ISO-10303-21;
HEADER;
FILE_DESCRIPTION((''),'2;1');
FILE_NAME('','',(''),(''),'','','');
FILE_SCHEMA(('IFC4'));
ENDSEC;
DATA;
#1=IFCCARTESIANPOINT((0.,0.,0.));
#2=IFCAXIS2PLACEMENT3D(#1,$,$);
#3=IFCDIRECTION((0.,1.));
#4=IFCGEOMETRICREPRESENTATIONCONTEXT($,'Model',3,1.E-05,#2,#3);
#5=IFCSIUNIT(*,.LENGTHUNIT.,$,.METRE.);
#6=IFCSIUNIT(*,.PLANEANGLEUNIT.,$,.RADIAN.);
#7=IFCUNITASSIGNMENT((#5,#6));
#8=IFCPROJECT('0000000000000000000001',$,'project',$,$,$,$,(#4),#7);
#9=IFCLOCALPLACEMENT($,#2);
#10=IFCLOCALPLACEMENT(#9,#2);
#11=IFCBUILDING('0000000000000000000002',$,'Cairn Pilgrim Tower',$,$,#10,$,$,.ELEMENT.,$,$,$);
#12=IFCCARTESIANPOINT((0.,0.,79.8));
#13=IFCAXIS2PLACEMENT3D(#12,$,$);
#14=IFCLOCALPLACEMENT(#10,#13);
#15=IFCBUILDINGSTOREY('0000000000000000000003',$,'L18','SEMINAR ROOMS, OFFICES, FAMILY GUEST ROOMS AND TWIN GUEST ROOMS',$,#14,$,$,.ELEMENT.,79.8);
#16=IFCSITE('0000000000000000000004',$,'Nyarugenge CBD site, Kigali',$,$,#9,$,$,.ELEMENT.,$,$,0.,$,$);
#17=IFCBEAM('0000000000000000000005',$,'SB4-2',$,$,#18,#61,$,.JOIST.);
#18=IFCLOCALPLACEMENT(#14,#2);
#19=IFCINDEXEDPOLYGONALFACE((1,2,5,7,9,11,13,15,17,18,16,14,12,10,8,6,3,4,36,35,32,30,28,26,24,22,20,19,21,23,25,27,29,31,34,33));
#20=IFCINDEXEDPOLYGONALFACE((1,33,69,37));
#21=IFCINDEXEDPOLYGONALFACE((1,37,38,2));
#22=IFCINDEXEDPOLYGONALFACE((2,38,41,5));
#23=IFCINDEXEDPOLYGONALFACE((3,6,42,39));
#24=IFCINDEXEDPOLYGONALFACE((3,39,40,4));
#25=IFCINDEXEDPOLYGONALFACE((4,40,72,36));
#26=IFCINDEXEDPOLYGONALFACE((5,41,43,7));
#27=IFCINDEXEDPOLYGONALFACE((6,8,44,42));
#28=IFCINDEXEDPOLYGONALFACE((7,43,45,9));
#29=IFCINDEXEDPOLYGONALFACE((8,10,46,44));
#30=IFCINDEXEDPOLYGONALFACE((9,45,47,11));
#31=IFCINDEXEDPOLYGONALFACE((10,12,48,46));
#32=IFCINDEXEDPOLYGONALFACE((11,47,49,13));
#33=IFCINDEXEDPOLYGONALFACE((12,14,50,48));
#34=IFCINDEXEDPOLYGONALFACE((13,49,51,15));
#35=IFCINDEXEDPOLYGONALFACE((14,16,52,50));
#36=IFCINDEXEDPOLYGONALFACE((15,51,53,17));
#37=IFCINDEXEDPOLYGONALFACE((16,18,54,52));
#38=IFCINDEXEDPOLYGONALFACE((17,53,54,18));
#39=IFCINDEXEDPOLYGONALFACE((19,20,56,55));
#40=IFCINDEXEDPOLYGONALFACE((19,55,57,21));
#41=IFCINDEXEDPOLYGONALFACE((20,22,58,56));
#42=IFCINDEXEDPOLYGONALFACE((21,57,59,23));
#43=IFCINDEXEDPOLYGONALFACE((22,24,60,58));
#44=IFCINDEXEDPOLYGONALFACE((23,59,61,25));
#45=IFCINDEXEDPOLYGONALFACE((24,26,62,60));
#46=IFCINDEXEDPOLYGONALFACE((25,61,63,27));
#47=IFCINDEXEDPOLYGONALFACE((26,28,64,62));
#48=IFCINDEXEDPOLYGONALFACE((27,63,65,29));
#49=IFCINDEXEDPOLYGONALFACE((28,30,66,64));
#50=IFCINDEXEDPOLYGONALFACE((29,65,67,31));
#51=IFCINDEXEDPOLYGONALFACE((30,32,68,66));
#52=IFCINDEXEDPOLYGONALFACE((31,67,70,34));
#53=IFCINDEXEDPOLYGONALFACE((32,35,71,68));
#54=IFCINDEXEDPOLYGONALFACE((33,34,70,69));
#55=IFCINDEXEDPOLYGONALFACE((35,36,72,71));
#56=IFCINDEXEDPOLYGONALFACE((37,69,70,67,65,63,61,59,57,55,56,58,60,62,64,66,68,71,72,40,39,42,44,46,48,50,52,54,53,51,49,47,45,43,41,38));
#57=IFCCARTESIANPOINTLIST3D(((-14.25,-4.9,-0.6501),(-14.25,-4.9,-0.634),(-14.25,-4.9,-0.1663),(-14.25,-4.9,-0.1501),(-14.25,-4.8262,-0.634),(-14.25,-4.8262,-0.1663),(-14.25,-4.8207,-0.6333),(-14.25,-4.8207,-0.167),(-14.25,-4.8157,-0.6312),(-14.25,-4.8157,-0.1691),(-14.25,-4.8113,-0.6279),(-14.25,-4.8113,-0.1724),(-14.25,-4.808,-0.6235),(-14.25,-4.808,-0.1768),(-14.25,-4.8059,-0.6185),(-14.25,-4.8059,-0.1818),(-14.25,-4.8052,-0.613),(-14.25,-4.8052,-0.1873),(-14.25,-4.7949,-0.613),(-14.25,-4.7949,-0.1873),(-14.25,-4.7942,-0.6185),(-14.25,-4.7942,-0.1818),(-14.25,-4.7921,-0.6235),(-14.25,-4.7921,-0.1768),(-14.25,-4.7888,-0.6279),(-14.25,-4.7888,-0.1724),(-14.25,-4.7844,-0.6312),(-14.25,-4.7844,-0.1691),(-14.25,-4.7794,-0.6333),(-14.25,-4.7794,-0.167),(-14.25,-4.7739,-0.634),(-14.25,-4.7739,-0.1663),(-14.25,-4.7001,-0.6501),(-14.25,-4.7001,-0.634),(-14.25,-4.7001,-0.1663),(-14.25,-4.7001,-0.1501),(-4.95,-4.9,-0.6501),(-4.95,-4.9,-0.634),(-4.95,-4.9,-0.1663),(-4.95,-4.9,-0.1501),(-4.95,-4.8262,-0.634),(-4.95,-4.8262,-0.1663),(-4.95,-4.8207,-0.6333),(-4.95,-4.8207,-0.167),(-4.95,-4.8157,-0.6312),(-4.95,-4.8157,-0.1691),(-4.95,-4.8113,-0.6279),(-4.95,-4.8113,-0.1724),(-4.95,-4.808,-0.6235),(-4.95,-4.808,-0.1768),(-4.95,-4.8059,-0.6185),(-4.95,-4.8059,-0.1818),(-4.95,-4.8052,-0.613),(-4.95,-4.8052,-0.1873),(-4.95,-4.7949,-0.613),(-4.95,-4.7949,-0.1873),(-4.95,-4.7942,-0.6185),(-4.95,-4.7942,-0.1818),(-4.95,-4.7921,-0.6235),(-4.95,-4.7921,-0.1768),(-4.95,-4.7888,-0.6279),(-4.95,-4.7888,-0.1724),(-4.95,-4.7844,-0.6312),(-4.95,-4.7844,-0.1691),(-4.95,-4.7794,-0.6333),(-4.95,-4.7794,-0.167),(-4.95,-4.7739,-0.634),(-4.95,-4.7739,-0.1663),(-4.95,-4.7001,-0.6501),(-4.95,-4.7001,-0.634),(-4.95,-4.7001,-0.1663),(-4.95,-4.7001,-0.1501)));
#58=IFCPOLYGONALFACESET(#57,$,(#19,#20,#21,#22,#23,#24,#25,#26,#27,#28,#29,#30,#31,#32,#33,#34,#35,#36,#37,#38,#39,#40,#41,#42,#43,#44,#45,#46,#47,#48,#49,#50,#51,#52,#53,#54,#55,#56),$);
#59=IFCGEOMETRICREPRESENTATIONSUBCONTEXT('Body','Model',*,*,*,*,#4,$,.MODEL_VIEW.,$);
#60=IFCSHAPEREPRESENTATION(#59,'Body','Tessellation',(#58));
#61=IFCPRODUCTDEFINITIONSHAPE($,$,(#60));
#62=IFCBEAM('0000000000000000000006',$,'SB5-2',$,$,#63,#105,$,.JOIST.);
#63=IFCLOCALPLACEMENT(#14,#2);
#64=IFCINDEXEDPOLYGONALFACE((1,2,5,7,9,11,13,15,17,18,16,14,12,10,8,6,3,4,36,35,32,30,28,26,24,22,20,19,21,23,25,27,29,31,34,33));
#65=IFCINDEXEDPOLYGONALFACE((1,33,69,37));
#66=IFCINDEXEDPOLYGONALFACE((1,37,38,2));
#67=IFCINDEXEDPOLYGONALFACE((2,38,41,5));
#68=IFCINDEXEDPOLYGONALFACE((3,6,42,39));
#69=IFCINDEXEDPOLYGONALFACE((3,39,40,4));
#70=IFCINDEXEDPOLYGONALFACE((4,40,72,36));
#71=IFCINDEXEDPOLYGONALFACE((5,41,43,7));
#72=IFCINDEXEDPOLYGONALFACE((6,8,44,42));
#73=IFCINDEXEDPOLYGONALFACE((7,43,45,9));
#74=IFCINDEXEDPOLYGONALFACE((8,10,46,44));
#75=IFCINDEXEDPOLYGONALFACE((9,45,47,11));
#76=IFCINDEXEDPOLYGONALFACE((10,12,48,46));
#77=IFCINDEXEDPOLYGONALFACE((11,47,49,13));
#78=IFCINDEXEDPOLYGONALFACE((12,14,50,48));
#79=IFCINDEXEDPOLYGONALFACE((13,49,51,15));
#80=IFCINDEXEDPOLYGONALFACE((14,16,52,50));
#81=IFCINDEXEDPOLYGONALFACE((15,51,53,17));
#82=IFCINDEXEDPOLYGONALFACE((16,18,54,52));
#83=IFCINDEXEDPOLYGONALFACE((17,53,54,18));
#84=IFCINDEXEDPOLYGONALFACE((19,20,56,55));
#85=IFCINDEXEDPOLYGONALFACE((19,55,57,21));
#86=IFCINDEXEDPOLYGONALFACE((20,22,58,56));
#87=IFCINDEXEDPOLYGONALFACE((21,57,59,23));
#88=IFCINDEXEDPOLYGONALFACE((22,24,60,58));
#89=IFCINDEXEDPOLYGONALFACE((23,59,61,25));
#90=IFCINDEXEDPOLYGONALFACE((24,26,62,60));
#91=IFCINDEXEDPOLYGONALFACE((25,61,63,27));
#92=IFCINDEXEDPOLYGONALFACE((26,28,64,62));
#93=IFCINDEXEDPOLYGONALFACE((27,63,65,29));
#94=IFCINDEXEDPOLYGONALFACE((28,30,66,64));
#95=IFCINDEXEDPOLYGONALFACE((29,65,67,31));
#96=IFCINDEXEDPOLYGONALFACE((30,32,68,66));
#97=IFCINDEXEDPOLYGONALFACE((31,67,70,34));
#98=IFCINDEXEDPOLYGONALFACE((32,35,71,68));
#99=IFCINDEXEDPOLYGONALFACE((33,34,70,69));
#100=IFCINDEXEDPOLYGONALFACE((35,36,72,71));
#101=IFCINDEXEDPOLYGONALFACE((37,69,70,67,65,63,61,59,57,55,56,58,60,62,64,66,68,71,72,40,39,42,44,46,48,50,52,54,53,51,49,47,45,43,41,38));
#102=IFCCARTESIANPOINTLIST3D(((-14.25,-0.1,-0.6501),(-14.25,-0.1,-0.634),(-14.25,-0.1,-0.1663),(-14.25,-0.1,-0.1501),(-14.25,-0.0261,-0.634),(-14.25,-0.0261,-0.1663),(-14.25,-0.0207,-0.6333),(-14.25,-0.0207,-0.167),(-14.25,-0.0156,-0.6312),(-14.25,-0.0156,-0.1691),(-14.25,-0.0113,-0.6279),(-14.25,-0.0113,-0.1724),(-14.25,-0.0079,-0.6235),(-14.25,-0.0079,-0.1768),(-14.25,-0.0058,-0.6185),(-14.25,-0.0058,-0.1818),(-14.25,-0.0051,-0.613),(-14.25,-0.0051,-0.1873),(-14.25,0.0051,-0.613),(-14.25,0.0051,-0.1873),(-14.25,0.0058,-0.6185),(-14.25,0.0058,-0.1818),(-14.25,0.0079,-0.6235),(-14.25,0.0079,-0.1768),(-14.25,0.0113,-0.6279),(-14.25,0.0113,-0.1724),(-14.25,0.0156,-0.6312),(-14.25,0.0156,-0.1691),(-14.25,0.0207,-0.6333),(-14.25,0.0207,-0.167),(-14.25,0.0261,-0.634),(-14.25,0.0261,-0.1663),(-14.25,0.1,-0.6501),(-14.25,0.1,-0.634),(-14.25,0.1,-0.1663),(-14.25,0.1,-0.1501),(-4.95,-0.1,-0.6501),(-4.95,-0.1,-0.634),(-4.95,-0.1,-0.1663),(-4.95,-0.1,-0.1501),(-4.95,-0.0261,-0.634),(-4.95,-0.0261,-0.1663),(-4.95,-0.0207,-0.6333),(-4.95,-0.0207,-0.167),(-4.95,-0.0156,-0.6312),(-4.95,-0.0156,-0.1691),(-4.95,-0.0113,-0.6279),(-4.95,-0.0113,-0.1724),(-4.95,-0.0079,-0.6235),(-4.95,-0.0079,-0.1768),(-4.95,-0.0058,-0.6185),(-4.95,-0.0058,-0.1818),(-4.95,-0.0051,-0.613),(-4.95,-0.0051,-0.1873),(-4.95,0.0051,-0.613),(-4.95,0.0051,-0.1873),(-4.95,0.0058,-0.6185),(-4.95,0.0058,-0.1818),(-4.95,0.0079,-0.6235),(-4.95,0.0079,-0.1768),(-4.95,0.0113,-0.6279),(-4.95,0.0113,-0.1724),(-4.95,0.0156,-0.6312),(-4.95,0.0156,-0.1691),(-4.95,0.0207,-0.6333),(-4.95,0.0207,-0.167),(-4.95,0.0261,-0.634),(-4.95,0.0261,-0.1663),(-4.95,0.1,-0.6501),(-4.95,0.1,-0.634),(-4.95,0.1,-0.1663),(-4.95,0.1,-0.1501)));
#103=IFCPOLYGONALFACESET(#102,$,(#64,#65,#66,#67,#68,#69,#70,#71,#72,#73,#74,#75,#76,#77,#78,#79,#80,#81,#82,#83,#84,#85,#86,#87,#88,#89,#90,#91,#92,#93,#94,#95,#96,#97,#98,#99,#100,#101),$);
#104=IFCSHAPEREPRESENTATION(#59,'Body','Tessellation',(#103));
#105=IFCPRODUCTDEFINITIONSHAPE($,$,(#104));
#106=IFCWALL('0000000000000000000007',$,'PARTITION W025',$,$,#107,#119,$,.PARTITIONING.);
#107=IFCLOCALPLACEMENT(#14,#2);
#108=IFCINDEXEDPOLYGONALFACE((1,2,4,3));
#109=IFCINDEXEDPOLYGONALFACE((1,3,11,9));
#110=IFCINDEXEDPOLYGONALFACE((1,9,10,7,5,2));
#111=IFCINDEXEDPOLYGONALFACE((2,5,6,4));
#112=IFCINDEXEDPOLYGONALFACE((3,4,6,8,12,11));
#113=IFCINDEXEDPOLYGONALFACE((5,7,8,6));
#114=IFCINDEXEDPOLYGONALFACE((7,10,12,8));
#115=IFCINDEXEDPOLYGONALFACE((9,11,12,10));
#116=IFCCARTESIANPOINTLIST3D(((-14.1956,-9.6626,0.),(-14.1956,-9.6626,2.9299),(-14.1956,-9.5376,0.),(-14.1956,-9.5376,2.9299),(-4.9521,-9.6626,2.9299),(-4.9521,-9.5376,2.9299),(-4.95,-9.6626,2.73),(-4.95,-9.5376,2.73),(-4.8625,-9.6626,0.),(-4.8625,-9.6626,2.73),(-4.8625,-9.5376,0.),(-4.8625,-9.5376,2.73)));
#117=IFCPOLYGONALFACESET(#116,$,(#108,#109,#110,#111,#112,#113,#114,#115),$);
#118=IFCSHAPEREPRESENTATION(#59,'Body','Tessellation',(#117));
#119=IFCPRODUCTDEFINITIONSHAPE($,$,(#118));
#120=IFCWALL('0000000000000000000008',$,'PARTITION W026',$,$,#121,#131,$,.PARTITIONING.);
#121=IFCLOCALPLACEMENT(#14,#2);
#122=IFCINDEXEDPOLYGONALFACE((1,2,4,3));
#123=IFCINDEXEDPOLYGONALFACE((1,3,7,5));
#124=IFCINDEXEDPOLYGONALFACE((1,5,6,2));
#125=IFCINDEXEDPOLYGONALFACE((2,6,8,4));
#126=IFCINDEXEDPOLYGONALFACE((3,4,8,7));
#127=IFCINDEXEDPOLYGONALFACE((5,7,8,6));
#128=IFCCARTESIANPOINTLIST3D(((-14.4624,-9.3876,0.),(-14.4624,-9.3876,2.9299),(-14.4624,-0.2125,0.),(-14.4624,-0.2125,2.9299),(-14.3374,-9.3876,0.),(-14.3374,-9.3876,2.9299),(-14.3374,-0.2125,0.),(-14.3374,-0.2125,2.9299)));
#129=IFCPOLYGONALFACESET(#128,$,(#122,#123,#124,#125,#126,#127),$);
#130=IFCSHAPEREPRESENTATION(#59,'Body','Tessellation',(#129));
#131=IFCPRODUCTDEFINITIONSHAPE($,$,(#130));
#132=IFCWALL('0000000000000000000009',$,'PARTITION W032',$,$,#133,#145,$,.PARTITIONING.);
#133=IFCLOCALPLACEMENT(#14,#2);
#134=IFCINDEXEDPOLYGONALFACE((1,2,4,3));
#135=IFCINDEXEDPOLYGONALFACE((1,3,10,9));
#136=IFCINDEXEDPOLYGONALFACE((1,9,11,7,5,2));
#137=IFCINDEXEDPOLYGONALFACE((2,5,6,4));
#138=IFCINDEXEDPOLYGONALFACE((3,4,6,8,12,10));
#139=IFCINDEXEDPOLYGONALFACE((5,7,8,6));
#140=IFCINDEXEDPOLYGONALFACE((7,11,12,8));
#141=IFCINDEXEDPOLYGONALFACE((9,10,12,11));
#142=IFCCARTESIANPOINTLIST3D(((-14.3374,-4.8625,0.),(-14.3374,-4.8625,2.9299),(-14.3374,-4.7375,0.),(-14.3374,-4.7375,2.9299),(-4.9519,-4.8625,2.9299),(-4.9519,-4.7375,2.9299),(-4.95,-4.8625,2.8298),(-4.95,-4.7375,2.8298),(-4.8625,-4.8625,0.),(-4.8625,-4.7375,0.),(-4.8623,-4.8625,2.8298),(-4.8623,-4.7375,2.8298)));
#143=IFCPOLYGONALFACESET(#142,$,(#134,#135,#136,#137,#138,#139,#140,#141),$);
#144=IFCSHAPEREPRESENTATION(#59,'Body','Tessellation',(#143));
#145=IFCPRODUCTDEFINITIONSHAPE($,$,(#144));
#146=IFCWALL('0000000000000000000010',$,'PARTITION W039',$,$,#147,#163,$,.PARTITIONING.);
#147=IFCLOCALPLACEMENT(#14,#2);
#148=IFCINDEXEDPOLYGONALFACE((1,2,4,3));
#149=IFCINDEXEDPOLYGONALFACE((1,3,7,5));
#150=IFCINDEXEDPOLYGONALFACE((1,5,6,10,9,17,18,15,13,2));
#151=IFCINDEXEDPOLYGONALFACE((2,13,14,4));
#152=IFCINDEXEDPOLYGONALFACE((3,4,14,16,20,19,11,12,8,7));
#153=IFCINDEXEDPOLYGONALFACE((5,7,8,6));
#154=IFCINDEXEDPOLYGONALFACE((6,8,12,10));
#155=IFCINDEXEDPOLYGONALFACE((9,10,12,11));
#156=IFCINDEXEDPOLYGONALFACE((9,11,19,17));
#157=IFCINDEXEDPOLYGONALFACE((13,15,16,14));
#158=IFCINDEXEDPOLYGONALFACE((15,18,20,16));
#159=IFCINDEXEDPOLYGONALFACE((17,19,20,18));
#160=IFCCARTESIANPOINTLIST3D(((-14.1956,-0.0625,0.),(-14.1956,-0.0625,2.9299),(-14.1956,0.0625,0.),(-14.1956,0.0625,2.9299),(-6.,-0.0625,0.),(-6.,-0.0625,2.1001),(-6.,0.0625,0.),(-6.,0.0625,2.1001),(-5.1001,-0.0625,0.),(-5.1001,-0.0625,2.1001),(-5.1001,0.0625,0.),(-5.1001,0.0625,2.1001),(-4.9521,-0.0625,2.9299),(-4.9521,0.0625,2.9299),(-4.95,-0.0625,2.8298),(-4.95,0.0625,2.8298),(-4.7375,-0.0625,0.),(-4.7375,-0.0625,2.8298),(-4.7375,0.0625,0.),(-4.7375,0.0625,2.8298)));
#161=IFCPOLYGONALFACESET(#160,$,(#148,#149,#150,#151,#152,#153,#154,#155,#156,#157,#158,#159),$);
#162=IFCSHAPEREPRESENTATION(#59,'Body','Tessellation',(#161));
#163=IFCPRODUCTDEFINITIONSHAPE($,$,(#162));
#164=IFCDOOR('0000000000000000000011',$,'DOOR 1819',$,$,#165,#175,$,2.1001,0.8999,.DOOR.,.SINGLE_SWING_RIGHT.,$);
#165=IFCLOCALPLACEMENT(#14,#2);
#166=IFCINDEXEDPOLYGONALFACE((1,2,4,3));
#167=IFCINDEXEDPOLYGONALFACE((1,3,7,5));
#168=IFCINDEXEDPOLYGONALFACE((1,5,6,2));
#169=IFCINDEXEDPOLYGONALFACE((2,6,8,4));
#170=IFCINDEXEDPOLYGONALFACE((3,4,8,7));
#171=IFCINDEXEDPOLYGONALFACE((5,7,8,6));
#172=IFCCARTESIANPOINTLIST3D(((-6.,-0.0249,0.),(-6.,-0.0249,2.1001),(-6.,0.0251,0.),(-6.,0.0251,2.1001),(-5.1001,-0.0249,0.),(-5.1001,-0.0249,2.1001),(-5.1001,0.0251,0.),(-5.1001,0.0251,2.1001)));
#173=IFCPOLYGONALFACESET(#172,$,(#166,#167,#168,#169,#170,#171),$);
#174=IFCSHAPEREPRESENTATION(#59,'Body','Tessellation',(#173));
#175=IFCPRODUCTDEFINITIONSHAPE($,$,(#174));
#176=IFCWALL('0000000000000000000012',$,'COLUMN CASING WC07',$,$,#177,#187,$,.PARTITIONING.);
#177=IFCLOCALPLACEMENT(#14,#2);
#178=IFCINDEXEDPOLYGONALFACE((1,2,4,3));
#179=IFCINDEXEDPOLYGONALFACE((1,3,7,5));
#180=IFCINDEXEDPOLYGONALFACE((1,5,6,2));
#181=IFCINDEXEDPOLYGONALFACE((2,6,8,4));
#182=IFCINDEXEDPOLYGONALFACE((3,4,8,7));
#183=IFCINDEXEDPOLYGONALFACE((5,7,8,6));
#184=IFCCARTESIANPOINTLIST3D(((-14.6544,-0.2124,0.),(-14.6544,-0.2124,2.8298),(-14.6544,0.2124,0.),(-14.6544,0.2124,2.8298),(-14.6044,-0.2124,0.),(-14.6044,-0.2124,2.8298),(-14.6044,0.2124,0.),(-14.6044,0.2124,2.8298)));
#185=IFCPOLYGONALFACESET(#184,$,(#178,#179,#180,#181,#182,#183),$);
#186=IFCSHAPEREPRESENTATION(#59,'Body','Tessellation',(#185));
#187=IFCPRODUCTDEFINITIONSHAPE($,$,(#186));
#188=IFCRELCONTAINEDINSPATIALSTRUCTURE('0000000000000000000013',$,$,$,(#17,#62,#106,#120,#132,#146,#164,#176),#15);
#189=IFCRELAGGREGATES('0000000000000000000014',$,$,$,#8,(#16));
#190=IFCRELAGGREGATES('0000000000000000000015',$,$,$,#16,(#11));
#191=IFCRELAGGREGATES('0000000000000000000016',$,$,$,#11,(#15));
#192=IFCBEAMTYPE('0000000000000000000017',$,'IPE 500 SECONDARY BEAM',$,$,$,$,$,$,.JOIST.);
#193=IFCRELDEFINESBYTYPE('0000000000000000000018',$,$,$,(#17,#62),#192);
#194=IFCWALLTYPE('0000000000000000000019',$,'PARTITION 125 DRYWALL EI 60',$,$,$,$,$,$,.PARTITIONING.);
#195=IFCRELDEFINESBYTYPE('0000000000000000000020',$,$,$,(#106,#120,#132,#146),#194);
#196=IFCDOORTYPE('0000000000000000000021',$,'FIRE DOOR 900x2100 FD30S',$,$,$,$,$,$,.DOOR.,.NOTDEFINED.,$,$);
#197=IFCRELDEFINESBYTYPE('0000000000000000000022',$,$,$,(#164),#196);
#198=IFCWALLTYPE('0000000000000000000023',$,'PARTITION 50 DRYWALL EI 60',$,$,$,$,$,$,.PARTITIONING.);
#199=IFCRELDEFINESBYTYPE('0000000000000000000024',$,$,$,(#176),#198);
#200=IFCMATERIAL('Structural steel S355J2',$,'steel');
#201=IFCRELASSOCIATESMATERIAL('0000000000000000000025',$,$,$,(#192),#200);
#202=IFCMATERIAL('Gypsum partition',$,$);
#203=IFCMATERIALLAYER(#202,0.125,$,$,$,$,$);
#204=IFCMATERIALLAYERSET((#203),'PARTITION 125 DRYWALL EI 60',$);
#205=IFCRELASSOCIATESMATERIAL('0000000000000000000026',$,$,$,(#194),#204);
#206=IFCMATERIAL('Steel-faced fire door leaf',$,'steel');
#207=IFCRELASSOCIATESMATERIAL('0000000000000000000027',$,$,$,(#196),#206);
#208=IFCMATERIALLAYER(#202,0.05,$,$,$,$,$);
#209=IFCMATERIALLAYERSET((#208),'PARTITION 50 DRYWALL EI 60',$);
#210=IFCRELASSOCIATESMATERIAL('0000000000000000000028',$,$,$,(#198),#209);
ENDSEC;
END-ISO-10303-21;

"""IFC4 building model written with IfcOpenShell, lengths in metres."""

from ifc_helpers import new_model, si_unit, direction, frame, frame_2d, origin, origin_2d, place, context, subcontext, project, spatial, polyline, rectangle, i_section, outline, extrude, material, layer, layer_set, material_profile, profile_set, type_object, element, fill, save


model = new_model("IFC4")

# Units and contexts
model_context = context("Model", 3, precision=1e-05, world=origin(), true_north=direction((0.0, 1.0)))
body_context = subcontext(model_context, "Body", "Model", "MODEL_VIEW")
ifc_project = project(units=[si_unit("LENGTHUNIT", "METRE"), si_unit("PLANEANGLEUNIT", "RADIAN")], contexts=[model_context])

# Site, building, storey
site_placement = place(None, origin())
site = spatial("IfcSite", under=ifc_project, at=site_placement, Name="Nyarugenge CBD site, Kigali", CompositionType="ELEMENT", RefElevation=0.0)
building_placement = place(site_placement, origin())
building = spatial("IfcBuilding", under=site, at=building_placement, Name="Cairn Pilgrim Tower", CompositionType="ELEMENT")
storey_placement = place(building_placement, frame((0.0, 0.0, 79.8)))
storey = spatial("IfcBuildingStorey", under=building, at=storey_placement, Name="L18", Description="SEMINAR ROOMS, OFFICES, FAMILY GUEST ROOMS AND TWIN GUEST ROOMS", CompositionType="ELEMENT", Elevation=79.8)

# Beams
ifc_material_1 = material(Name="Structural steel S355J2", Category="steel")
ifc_material_profile_1 = material_profile(ifc_material_1, i_section(OverallWidth=0.2, OverallDepth=0.5, WebThickness=0.0103, FlangeThickness=0.0161, FilletRadius=0.021, at=origin_2d()), Name="IPE 500")
ifc_profile_set_1 = profile_set([ifc_material_profile_1], Name="Structural steel S355J2")
beam_type_1 = type_object("IfcBeamType", Name="IPE 500 SECONDARY BEAM", PredefinedType="JOIST", material=ifc_profile_set_1)
for number, where, z_axis, x_axis, name in (
    (1, (-14.25, -4.8, -0.4001), (1.0, 0.0, 0.0), (0.0, 1.0, 0.0), "SB4-2"),
    (2, (-14.25, 0.0, -0.4001), (1.0, 0.0, 0.0), (0.0, 1.0, 0.0), "SB5-2"),
):
    element("IfcBeam", number, at=place(storey_placement, frame(where, z_axis=z_axis, x_axis=x_axis)), inside=storey, type_object=beam_type_1, Name=name, PredefinedType="JOIST", context=body_context, shape_type="SweptSolid", body=[
        extrude(i_section(OverallWidth=0.2, OverallDepth=0.5, WebThickness=0.0103, FlangeThickness=0.0161, FilletRadius=0.021, at=origin_2d()), origin(), (0.0, 0.0, 1.0), 9.3),
    ])

# Walls
ifc_material_2 = material(Name="Gypsum partition")
ifc_layer_1 = layer(ifc_material_2, 0.125)
ifc_layer_set_1 = layer_set([ifc_layer_1], Name="PARTITION 125 DRYWALL EI 60")
wall_type_1 = type_object("IfcWallType", Name="PARTITION 125 DRYWALL EI 60", PredefinedType="PARTITIONING", material=ifc_layer_set_1)
wall_1_placement = place(storey_placement, frame((-14.1956, -9.6001, 0.0), z_axis=(0.0, 0.0, 1.0), x_axis=(1.0, 0.0, 0.0)))
element("IfcWall", 3, at=wall_1_placement, inside=storey, type_object=wall_type_1, Name="PARTITION W025", PredefinedType="PARTITIONING", context=body_context, shape_type="SweptSolid", body=[
    extrude(outline(polyline([(0.0, 0.0), (9.333, 0.0), (9.333, 2.73), (9.2456, 2.73), (9.2434, 2.9299), (0.0, 2.9299), (0.0, 0.0)])), frame((0.0, 0.0625, 0.0), z_axis=(0.0, -1.0, 0.0), x_axis=(1.0, 0.0, 0.0)), (0.0, 0.0, 1.0), 0.125),
])
wall_2_placement = place(storey_placement, frame((-14.3999, -9.3875, 0.0), z_axis=(0.0, 0.0, 1.0), x_axis=(0.0, 1.0, 0.0)))
element("IfcWall", 4, at=wall_2_placement, inside=storey, type_object=wall_type_1, Name="PARTITION W026", PredefinedType="PARTITIONING", context=body_context, shape_type="SweptSolid", body=[
    extrude(rectangle(XDim=9.175, YDim=0.125, at=frame_2d((4.5874, 0.0))), origin(), (0.0, 0.0, 1.0), 2.9299),
])
wall_3_placement = place(storey_placement, frame((-14.3374, -4.8, 0.0), z_axis=(0.0, 0.0, 1.0), x_axis=(1.0, 0.0, 0.0)))
element("IfcWall", 5, at=wall_3_placement, inside=storey, type_object=wall_type_1, Name="PARTITION W032", PredefinedType="PARTITIONING", context=body_context, shape_type="SweptSolid", body=[
    extrude(outline(polyline([(0.0, 0.0), (9.4749, 0.0), (9.4751, 2.8298), (9.3875, 2.8298), (9.3855, 2.9299), (0.0, 2.9299), (0.0, 0.0)])), frame((0.0, 0.0625, 0.0), z_axis=(0.0, -1.0, 0.0), x_axis=(1.0, 0.0, 0.0)), (0.0, 0.0, 1.0), 0.125),
])

# Wall, opening, door
wall_4_placement = place(storey_placement, frame((-14.1956, 0.0, 0.0), z_axis=(0.0, 0.0, 1.0), x_axis=(1.0, 0.0, 0.0)))
wall_4 = element("IfcWall", 6, at=wall_4_placement, inside=storey, type_object=wall_type_1, Name="PARTITION W039", PredefinedType="PARTITIONING", context=body_context, shape_type="SweptSolid", body=[
    extrude(outline(polyline([(0.0, 0.0), (9.458, 0.0), (9.458, 2.8298), (9.2456, 2.8298), (9.2434, 2.9299), (0.0, 2.9299), (0.0, 0.0)])), frame((0.0, 0.0625, 0.0), z_axis=(0.0, -1.0, 0.0), x_axis=(1.0, 0.0, 0.0)), (0.0, 0.0, 1.0), 0.125),
])
opening_placement = place(wall_4_placement, frame((8.1956, 0.0, 0.0)))
opening = element("IfcOpeningElement", 7, at=opening_placement, cuts=wall_4, PredefinedType="OPENING", context=body_context, shape_type="SweptSolid", body=[
    extrude(rectangle(XDim=0.8999, YDim=2.1001, at=frame_2d((0.45, 1.05))), frame((0.0, 0.0725, 0.0), z_axis=(0.0, -1.0, 0.0), x_axis=(1.0, 0.0, 0.0)), (0.0, 0.0, 1.0), 0.145),
])
ifc_material_3 = material(Name="Steel-faced fire door leaf", Category="steel")
door_type = type_object("IfcDoorType", Name="FIRE DOOR 900x2100 FD30S", OperationType="NOTDEFINED", PredefinedType="DOOR", material=ifc_material_3)
door_placement = place(opening_placement, frame((0.8999, 0.0, 0.0), z_axis=(0.0, 0.0, 1.0), x_axis=(-1.0, 0.0, 0.0)))
door = element("IfcDoor", 8, at=door_placement, inside=storey, type_object=door_type, Name="DOOR 1819", OperationType="SINGLE_SWING_RIGHT", OverallHeight=2.1001, OverallWidth=0.8999, PredefinedType="DOOR", context=body_context, shape_type="SweptSolid", body=[
    extrude(rectangle(XDim=0.8999, YDim=2.1001, at=frame_2d((0.45, 1.05))), frame((0.0, 0.0249, 0.0), z_axis=(0.0, -1.0, 0.0), x_axis=(1.0, 0.0, 0.0)), (0.0, 0.0, 1.0), 0.05),
])
fill(opening, door)

# Wall
ifc_layer_2 = layer(ifc_material_2, 0.05)
ifc_layer_set_2 = layer_set([ifc_layer_2], Name="PARTITION 50 DRYWALL EI 60")
wall_type_2 = type_object("IfcWallType", Name="PARTITION 50 DRYWALL EI 60", PredefinedType="PARTITIONING", material=ifc_layer_set_2)
wall_5_placement = place(storey_placement, frame((-14.6294, -0.2124, 0.0), z_axis=(0.0, 0.0, 1.0), x_axis=(0.0, 1.0, 0.0)))
element("IfcWall", 9, at=wall_5_placement, inside=storey, type_object=wall_type_2, Name="COLUMN CASING WC07", PredefinedType="PARTITIONING", context=body_context, shape_type="SweptSolid", body=[
    extrude(rectangle(XDim=0.4248, YDim=0.05, at=frame_2d((0.2124, 0.0))), origin(), (0.0, 0.0, 1.0), 2.8298),
])

save(model, "model.ifc")
